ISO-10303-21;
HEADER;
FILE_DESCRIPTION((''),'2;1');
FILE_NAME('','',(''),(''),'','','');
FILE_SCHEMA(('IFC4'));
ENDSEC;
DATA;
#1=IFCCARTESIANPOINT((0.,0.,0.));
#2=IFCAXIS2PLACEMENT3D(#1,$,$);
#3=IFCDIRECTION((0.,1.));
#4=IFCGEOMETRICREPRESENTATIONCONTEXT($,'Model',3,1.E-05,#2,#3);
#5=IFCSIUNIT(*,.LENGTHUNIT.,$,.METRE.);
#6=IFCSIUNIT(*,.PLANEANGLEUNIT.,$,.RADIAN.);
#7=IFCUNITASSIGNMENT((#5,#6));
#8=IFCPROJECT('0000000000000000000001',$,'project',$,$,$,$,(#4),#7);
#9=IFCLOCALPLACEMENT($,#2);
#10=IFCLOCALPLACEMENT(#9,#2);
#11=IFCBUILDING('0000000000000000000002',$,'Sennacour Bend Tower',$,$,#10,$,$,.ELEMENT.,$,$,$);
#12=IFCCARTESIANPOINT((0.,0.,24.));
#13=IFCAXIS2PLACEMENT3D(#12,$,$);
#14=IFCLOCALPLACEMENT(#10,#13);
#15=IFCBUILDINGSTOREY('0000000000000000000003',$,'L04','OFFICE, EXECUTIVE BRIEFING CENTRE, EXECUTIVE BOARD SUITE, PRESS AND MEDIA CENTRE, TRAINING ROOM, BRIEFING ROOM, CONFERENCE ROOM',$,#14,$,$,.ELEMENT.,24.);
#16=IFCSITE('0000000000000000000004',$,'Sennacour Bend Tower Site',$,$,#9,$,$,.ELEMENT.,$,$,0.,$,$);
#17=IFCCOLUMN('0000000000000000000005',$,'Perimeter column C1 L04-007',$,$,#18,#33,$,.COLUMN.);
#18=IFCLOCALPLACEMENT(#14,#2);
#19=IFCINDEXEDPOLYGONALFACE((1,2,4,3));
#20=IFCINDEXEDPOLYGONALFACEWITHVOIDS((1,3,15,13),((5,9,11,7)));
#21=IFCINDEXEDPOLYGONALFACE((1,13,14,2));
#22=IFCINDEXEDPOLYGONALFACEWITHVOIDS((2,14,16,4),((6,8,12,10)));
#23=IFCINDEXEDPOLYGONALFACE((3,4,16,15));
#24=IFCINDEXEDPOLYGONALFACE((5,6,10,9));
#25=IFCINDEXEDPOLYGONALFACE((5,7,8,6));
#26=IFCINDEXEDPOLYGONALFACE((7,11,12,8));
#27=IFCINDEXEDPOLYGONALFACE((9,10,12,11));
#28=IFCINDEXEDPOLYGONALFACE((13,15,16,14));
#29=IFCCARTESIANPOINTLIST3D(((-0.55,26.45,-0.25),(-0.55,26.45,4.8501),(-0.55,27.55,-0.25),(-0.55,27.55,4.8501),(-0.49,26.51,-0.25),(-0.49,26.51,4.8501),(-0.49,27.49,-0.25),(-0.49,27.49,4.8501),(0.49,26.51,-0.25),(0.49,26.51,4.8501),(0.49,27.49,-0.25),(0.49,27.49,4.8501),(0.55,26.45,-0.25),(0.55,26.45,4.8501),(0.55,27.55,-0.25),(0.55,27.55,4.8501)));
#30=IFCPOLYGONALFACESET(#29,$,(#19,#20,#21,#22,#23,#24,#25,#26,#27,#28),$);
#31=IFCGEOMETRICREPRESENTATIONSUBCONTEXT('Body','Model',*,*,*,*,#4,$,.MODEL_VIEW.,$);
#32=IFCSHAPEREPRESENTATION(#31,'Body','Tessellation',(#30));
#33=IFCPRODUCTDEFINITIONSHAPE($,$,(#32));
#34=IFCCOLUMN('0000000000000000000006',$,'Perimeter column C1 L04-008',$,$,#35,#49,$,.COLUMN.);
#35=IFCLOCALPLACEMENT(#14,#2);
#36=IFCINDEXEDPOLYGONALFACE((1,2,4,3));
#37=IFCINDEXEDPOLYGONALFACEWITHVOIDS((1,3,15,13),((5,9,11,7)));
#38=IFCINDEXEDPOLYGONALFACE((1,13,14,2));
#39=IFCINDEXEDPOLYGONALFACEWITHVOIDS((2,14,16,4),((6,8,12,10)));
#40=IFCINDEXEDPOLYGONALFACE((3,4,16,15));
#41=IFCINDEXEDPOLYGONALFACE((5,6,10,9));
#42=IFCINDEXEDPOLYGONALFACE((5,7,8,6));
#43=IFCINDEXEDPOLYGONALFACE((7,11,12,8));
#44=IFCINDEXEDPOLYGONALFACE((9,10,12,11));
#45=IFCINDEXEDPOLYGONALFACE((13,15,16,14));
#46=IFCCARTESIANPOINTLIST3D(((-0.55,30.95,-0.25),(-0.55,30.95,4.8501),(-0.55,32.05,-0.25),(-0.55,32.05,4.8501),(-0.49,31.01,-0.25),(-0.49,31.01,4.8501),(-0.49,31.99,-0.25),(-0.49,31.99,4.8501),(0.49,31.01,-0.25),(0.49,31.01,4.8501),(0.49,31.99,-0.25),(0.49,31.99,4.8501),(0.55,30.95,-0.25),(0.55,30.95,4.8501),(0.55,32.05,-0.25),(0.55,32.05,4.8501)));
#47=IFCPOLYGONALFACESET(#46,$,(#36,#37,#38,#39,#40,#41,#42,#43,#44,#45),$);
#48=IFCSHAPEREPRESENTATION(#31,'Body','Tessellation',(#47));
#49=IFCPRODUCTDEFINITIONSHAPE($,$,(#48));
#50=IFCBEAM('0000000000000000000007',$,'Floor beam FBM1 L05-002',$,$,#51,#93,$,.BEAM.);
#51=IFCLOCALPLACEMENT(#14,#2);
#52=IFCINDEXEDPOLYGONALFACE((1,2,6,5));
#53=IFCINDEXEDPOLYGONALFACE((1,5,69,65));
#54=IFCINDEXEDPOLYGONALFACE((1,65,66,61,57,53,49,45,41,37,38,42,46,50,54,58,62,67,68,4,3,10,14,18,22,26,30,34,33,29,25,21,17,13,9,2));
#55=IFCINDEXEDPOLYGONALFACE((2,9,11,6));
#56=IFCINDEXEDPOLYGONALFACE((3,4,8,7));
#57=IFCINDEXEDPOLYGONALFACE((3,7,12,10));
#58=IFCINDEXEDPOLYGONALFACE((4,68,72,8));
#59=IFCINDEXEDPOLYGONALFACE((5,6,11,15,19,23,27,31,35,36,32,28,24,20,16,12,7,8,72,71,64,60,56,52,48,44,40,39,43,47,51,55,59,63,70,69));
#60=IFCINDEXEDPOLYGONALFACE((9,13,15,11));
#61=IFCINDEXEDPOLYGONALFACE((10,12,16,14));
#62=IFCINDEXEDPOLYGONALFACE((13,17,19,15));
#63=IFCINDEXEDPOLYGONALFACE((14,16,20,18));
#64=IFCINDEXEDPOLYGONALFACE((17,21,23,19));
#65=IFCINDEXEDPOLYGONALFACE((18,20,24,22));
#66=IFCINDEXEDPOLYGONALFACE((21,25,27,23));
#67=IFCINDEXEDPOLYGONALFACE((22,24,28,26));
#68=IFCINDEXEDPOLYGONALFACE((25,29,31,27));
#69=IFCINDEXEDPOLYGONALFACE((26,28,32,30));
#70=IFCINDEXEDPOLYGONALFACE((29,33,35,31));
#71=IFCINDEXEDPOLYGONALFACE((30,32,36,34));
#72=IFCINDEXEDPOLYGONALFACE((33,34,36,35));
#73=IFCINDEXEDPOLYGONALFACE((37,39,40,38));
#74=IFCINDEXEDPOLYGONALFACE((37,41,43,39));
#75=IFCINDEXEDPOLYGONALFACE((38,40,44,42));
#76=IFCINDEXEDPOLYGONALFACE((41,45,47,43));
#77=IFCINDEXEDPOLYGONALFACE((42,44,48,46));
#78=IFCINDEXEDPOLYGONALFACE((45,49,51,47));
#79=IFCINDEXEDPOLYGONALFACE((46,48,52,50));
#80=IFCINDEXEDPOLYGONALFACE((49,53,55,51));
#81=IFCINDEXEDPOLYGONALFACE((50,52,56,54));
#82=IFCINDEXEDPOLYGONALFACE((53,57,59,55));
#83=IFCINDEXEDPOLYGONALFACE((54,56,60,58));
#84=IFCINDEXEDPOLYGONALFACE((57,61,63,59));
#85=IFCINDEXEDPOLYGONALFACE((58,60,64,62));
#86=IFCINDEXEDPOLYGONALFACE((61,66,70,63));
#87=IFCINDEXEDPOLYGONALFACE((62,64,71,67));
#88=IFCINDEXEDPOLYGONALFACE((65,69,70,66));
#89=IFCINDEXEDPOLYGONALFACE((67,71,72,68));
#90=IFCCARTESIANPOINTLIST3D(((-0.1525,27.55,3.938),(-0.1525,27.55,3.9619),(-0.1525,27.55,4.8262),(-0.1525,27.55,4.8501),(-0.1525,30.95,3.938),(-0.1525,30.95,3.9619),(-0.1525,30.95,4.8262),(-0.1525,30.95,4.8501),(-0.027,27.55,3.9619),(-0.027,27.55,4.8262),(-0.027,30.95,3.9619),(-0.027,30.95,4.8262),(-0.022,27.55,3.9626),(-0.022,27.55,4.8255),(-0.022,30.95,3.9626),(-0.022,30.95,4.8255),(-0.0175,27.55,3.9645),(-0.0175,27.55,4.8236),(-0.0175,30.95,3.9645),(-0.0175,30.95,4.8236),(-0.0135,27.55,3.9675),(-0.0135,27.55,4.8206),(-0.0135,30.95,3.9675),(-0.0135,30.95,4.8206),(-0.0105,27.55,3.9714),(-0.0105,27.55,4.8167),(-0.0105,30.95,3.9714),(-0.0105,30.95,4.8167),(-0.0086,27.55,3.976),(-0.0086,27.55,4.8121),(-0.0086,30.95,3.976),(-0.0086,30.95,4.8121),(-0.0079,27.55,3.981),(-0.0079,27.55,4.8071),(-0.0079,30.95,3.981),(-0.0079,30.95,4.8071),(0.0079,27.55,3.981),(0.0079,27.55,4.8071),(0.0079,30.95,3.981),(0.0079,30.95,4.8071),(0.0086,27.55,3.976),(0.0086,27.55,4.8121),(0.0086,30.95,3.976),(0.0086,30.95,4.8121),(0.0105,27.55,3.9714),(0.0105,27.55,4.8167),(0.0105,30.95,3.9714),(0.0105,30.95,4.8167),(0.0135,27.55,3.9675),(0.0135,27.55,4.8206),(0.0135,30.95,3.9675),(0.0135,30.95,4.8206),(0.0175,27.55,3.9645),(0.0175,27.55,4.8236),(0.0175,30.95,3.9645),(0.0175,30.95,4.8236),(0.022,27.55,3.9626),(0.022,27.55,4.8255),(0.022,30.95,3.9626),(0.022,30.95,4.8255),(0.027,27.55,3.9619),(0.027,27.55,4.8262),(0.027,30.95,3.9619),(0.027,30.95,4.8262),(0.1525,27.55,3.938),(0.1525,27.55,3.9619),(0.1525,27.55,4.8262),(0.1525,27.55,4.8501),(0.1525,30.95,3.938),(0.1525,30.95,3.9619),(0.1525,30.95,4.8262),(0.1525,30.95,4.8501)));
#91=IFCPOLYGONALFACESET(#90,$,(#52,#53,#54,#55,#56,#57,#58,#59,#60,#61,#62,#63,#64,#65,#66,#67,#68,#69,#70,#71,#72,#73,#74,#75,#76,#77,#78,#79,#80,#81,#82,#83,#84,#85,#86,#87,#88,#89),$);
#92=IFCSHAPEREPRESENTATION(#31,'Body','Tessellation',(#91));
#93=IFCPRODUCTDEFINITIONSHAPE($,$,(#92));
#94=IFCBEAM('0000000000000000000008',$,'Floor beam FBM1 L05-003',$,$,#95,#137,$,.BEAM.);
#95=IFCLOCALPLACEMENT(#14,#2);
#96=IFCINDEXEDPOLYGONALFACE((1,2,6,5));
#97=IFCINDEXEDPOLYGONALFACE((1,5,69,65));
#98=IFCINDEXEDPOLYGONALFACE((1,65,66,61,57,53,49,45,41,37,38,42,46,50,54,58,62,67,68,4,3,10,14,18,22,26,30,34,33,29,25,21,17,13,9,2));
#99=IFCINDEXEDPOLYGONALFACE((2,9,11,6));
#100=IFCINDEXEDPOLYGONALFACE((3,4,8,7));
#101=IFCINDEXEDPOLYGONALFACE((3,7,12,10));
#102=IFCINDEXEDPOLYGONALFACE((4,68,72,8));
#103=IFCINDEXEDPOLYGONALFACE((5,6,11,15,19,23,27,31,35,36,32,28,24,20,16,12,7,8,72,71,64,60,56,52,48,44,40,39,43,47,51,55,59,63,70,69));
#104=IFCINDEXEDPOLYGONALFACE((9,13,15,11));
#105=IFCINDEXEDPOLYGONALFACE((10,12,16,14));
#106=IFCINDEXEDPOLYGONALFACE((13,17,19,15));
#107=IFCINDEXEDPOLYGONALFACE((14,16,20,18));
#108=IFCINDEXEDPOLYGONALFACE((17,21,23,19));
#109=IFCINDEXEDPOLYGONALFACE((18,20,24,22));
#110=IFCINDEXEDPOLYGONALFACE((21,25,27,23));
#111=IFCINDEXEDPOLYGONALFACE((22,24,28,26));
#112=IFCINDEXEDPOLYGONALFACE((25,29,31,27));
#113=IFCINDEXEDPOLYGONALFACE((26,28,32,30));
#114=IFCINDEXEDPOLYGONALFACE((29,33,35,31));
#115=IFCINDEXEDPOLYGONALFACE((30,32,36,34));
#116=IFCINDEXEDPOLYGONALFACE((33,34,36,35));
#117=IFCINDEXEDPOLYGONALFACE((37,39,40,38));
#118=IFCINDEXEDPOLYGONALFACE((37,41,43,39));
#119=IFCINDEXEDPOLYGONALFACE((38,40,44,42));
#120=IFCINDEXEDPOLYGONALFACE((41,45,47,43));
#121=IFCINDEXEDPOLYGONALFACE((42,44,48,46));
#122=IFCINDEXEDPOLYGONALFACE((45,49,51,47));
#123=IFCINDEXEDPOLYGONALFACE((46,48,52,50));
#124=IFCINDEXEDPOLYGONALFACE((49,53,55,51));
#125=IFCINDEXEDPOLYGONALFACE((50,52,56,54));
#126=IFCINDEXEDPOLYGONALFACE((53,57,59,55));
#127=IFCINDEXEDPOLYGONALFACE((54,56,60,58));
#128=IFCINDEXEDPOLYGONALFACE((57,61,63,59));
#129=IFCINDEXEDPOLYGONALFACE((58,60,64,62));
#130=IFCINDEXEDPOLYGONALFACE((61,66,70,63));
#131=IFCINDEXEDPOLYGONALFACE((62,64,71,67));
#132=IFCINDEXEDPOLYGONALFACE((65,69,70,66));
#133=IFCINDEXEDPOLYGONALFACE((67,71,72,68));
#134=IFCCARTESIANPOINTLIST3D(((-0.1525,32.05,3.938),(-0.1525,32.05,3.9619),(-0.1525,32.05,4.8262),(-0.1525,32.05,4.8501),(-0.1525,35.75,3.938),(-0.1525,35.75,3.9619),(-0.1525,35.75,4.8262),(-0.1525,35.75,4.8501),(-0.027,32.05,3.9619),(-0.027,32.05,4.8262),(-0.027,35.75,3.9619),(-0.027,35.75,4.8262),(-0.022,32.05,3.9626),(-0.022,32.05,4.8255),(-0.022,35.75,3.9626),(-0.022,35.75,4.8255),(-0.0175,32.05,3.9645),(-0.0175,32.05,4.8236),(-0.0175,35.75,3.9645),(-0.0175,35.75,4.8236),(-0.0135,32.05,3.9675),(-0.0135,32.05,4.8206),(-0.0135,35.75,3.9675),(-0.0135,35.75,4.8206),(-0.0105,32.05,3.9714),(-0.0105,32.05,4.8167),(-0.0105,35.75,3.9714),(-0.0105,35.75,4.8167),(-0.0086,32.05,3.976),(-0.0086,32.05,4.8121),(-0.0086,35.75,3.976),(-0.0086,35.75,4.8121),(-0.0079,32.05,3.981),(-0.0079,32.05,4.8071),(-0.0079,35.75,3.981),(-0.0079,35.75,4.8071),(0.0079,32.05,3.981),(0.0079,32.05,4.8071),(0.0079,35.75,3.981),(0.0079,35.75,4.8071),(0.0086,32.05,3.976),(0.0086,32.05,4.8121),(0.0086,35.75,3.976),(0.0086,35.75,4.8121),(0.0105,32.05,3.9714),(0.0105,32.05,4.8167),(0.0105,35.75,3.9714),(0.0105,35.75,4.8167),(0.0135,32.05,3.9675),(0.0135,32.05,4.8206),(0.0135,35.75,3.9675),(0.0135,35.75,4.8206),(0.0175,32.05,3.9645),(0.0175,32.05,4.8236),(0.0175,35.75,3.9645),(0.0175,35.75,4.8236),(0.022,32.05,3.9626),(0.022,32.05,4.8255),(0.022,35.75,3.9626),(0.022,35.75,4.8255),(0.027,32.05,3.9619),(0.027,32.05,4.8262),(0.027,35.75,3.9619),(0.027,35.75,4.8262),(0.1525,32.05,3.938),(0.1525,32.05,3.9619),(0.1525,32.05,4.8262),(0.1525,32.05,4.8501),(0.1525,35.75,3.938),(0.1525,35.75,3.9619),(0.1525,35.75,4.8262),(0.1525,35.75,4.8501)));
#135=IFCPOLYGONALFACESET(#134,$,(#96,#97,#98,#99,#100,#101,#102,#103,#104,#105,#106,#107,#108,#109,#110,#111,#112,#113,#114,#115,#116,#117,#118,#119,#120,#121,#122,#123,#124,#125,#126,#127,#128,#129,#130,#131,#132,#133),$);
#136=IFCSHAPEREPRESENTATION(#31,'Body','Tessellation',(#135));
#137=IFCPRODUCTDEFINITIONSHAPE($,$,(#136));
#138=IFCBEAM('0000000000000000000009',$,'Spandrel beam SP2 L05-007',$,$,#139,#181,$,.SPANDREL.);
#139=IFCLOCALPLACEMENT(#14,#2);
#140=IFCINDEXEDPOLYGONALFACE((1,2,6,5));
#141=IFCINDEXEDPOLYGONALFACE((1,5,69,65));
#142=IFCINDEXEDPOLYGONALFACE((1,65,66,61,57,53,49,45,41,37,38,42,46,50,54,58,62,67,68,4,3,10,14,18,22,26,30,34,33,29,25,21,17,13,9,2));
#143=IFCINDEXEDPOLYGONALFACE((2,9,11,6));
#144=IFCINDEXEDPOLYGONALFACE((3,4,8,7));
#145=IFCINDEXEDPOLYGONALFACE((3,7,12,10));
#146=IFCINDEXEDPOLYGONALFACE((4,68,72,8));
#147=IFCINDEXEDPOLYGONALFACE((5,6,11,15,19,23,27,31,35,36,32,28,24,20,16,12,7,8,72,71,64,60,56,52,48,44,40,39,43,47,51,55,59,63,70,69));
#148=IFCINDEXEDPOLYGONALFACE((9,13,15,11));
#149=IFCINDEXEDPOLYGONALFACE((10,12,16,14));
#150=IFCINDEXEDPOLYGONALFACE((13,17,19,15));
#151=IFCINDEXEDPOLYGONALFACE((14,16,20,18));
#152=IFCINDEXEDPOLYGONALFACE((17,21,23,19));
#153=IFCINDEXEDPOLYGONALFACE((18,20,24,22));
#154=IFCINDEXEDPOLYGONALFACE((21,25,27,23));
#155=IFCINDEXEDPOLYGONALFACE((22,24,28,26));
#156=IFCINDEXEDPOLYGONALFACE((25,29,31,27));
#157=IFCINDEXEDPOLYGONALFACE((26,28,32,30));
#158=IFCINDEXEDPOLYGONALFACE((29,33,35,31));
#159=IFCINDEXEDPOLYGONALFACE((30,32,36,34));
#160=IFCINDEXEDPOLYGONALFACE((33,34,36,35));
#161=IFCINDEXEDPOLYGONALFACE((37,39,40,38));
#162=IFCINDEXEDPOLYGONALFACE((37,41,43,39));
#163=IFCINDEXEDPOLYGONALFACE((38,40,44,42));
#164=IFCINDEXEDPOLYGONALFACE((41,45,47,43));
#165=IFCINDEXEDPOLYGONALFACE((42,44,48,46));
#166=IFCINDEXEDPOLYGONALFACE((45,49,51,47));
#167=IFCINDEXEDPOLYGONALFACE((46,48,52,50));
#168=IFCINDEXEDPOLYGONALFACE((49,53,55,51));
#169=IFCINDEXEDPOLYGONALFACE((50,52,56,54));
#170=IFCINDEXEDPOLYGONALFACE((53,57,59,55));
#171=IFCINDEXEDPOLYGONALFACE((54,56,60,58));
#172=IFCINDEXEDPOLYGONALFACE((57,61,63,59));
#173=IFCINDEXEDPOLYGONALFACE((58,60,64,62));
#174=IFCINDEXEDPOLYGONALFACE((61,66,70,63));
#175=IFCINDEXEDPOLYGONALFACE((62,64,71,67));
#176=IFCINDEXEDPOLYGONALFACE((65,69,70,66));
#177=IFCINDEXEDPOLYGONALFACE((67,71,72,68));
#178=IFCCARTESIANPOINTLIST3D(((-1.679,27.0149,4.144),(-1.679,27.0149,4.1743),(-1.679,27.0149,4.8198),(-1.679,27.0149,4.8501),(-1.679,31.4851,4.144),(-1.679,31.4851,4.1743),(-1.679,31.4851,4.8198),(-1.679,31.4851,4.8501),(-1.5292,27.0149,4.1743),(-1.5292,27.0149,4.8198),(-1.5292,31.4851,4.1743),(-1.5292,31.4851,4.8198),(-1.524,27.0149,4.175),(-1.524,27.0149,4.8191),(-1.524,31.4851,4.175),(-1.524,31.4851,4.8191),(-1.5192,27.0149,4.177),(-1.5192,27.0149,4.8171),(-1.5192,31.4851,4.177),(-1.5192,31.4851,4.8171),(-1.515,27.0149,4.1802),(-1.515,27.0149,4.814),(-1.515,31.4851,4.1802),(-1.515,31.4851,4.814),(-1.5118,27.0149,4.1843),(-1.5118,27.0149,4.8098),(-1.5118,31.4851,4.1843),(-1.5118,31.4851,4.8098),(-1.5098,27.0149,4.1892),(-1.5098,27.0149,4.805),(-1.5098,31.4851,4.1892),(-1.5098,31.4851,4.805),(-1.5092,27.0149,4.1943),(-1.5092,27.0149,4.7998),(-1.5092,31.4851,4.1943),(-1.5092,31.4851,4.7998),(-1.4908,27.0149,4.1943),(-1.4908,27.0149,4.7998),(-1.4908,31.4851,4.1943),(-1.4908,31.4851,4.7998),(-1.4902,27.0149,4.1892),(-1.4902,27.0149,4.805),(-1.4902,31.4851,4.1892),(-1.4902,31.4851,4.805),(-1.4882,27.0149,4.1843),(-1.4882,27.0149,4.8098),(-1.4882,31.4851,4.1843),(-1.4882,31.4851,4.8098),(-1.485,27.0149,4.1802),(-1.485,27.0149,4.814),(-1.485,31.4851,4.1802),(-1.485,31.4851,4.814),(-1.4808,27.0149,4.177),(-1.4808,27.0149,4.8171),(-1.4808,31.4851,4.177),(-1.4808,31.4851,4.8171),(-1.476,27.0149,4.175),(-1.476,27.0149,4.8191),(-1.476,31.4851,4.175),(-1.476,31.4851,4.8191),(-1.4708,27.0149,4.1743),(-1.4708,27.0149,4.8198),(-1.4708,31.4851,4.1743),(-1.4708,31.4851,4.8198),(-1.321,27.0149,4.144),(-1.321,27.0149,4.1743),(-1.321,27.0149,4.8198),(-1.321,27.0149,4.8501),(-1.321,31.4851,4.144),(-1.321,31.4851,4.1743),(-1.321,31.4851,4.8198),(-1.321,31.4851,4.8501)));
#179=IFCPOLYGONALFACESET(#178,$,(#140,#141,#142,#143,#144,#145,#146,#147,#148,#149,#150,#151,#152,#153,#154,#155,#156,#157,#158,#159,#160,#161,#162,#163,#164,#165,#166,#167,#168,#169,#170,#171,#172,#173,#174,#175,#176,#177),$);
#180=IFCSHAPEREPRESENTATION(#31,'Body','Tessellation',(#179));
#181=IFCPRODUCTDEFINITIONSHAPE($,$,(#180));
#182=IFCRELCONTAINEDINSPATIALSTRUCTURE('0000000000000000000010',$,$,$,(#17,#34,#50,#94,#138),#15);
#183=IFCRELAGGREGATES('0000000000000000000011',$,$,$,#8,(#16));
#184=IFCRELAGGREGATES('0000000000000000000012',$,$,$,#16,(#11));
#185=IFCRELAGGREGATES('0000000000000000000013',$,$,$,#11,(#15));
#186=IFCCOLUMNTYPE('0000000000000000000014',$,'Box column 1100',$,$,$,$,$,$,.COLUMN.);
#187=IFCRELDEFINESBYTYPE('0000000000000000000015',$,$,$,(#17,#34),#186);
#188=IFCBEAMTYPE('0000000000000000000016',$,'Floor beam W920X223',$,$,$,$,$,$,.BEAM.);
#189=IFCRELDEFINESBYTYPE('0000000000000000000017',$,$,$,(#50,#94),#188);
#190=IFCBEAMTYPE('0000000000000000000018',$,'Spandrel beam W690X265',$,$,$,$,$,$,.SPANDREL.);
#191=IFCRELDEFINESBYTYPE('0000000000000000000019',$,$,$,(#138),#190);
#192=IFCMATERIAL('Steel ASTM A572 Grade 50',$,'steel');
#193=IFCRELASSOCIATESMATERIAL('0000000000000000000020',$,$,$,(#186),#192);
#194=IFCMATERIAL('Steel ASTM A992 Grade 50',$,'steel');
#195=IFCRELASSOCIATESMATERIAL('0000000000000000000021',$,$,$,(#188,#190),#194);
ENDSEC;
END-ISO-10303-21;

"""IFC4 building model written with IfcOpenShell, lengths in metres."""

from ifc_helpers import new_model, si_unit, direction, frame, origin, origin_2d, place, context, subcontext, project, spatial, hollow_rectangle, i_section, extrude, material, material_profile, profile_set, type_object, element, save


model = new_model("IFC4")

# Units and contexts
model_context = context("Model", 3, precision=1e-05, world=origin(), true_north=direction((0.0, 1.0)))
body_context = subcontext(model_context, "Body", "Model", "MODEL_VIEW")
ifc_project = project(units=[si_unit("LENGTHUNIT", "METRE"), si_unit("PLANEANGLEUNIT", "RADIAN")], contexts=[model_context])

# Site, building, storey
site_placement = place(None, origin())
site = spatial("IfcSite", under=ifc_project, at=site_placement, Name="Sennacour Bend Tower Site", CompositionType="ELEMENT", RefElevation=0.0)
building_placement = place(site_placement, origin())
building = spatial("IfcBuilding", under=site, at=building_placement, Name="Sennacour Bend Tower", CompositionType="ELEMENT")
storey_placement = place(building_placement, frame((0.0, 0.0, 24.0)))
storey = spatial("IfcBuildingStorey", under=building, at=storey_placement, Name="L04", Description="OFFICE, EXECUTIVE BRIEFING CENTRE, EXECUTIVE BOARD SUITE, PRESS AND MEDIA CENTRE, TRAINING ROOM, BRIEFING ROOM, CONFERENCE ROOM", CompositionType="ELEMENT", Elevation=24.0)

# Columns
ifc_material_1 = material(Name="Steel ASTM A572 Grade 50", Category="steel")
ifc_material_profile_1 = material_profile(ifc_material_1, hollow_rectangle(XDim=1.1001, YDim=1.1001, WallThickness=0.0601, at=origin_2d()), Name="Steel ASTM A572 Grade 50", Category="steel")
ifc_profile_set_1 = profile_set([ifc_material_profile_1], Name="Steel ASTM A572 Grade 50")
column_type = type_object("IfcColumnType", Name="Box column 1100", PredefinedType="COLUMN", material=ifc_profile_set_1)
for number, where, z_axis, x_axis, name in (
    (1, (0.0, 27.0, -0.25), (0.0, 0.0, 1.0), (1.0, 0.0, 0.0), "Perimeter column C1 L04-007"),
    (2, (0.0, 31.5, -0.25), (0.0, 0.0, 1.0), (1.0, 0.0, 0.0), "Perimeter column C1 L04-008"),
):
    element("IfcColumn", number, at=place(storey_placement, frame(where, z_axis=z_axis, x_axis=x_axis)), inside=storey, type_object=column_type, Name=name, PredefinedType="COLUMN", context=body_context, shape_type="SweptSolid", body=[
        extrude(hollow_rectangle(XDim=1.1001, YDim=1.1001, WallThickness=0.0601, at=origin_2d()), origin(), (0.0, 0.0, 1.0), 5.1001),
    ])

# Beams
ifc_material_2 = material(Name="Steel ASTM A992 Grade 50", Category="steel")
ifc_material_profile_2 = material_profile(ifc_material_2, i_section(OverallWidth=0.3049, OverallDepth=0.9121, WebThickness=0.0159, FlangeThickness=0.0239, FilletRadius=0.019, at=origin_2d()), Name="Steel ASTM A992 Grade 50", Category="steel")
ifc_profile_set_2 = profile_set([ifc_material_profile_2], Name="Steel ASTM A992 Grade 50")
beam_type_1 = type_object("IfcBeamType", Name="Floor beam W920X223", PredefinedType="BEAM", material=ifc_profile_set_2)
beam_1_placement = place(storey_placement, frame((0.0, 27.55, 4.394), z_axis=(0.0, 1.0, 0.0), x_axis=(-1.0, 0.0, 0.0)))
element("IfcBeam", 3, at=beam_1_placement, inside=storey, type_object=beam_type_1, Name="Floor beam FBM1 L05-002", PredefinedType="BEAM", context=body_context, shape_type="SweptSolid", body=[
    extrude(i_section(OverallWidth=0.3049, OverallDepth=0.9121, WebThickness=0.0159, FlangeThickness=0.0239, FilletRadius=0.019, at=origin_2d()), origin(), (0.0, 0.0, 1.0), 3.3999),
])
beam_2_placement = place(storey_placement, frame((0.0, 32.05, 4.394), z_axis=(0.0, 1.0, 0.0), x_axis=(-1.0, 0.0, 0.0)))
element("IfcBeam", 4, at=beam_2_placement, inside=storey, type_object=beam_type_1, Name="Floor beam FBM1 L05-003", PredefinedType="BEAM", context=body_context, shape_type="SweptSolid", body=[
    extrude(i_section(OverallWidth=0.3049, OverallDepth=0.9121, WebThickness=0.0159, FlangeThickness=0.0239, FilletRadius=0.019, at=origin_2d()), origin(), (0.0, 0.0, 1.0), 3.7),
])
ifc_material_profile_3 = material_profile(ifc_material_2, i_section(OverallWidth=0.3579, OverallDepth=0.7061, WebThickness=0.0183, FlangeThickness=0.0303, FilletRadius=0.02, at=origin_2d()), Name="Steel ASTM A992 Grade 50", Category="steel")
ifc_profile_set_3 = profile_set([ifc_material_profile_3], Name="Steel ASTM A992 Grade 50")
beam_type_2 = type_object("IfcBeamType", Name="Spandrel beam W690X265", PredefinedType="SPANDREL", material=ifc_profile_set_3)
for number, where, z_axis, x_axis, name in (
    (5, (-1.5, 27.0149, 4.4971), (0.0, 1.0, 0.0), (-1.0, 0.0, 0.0), "Spandrel beam SP2 L05-007"),
):
    element("IfcBeam", number, at=place(storey_placement, frame(where, z_axis=z_axis, x_axis=x_axis)), inside=storey, type_object=beam_type_2, Name=name, PredefinedType="SPANDREL", context=body_context, shape_type="SweptSolid", body=[
        extrude(i_section(OverallWidth=0.3579, OverallDepth=0.7061, WebThickness=0.0183, FlangeThickness=0.0303, FilletRadius=0.02, at=origin_2d()), origin(), (0.0, 0.0, 1.0), 4.4702),
    ])

save(model, "model.ifc")
